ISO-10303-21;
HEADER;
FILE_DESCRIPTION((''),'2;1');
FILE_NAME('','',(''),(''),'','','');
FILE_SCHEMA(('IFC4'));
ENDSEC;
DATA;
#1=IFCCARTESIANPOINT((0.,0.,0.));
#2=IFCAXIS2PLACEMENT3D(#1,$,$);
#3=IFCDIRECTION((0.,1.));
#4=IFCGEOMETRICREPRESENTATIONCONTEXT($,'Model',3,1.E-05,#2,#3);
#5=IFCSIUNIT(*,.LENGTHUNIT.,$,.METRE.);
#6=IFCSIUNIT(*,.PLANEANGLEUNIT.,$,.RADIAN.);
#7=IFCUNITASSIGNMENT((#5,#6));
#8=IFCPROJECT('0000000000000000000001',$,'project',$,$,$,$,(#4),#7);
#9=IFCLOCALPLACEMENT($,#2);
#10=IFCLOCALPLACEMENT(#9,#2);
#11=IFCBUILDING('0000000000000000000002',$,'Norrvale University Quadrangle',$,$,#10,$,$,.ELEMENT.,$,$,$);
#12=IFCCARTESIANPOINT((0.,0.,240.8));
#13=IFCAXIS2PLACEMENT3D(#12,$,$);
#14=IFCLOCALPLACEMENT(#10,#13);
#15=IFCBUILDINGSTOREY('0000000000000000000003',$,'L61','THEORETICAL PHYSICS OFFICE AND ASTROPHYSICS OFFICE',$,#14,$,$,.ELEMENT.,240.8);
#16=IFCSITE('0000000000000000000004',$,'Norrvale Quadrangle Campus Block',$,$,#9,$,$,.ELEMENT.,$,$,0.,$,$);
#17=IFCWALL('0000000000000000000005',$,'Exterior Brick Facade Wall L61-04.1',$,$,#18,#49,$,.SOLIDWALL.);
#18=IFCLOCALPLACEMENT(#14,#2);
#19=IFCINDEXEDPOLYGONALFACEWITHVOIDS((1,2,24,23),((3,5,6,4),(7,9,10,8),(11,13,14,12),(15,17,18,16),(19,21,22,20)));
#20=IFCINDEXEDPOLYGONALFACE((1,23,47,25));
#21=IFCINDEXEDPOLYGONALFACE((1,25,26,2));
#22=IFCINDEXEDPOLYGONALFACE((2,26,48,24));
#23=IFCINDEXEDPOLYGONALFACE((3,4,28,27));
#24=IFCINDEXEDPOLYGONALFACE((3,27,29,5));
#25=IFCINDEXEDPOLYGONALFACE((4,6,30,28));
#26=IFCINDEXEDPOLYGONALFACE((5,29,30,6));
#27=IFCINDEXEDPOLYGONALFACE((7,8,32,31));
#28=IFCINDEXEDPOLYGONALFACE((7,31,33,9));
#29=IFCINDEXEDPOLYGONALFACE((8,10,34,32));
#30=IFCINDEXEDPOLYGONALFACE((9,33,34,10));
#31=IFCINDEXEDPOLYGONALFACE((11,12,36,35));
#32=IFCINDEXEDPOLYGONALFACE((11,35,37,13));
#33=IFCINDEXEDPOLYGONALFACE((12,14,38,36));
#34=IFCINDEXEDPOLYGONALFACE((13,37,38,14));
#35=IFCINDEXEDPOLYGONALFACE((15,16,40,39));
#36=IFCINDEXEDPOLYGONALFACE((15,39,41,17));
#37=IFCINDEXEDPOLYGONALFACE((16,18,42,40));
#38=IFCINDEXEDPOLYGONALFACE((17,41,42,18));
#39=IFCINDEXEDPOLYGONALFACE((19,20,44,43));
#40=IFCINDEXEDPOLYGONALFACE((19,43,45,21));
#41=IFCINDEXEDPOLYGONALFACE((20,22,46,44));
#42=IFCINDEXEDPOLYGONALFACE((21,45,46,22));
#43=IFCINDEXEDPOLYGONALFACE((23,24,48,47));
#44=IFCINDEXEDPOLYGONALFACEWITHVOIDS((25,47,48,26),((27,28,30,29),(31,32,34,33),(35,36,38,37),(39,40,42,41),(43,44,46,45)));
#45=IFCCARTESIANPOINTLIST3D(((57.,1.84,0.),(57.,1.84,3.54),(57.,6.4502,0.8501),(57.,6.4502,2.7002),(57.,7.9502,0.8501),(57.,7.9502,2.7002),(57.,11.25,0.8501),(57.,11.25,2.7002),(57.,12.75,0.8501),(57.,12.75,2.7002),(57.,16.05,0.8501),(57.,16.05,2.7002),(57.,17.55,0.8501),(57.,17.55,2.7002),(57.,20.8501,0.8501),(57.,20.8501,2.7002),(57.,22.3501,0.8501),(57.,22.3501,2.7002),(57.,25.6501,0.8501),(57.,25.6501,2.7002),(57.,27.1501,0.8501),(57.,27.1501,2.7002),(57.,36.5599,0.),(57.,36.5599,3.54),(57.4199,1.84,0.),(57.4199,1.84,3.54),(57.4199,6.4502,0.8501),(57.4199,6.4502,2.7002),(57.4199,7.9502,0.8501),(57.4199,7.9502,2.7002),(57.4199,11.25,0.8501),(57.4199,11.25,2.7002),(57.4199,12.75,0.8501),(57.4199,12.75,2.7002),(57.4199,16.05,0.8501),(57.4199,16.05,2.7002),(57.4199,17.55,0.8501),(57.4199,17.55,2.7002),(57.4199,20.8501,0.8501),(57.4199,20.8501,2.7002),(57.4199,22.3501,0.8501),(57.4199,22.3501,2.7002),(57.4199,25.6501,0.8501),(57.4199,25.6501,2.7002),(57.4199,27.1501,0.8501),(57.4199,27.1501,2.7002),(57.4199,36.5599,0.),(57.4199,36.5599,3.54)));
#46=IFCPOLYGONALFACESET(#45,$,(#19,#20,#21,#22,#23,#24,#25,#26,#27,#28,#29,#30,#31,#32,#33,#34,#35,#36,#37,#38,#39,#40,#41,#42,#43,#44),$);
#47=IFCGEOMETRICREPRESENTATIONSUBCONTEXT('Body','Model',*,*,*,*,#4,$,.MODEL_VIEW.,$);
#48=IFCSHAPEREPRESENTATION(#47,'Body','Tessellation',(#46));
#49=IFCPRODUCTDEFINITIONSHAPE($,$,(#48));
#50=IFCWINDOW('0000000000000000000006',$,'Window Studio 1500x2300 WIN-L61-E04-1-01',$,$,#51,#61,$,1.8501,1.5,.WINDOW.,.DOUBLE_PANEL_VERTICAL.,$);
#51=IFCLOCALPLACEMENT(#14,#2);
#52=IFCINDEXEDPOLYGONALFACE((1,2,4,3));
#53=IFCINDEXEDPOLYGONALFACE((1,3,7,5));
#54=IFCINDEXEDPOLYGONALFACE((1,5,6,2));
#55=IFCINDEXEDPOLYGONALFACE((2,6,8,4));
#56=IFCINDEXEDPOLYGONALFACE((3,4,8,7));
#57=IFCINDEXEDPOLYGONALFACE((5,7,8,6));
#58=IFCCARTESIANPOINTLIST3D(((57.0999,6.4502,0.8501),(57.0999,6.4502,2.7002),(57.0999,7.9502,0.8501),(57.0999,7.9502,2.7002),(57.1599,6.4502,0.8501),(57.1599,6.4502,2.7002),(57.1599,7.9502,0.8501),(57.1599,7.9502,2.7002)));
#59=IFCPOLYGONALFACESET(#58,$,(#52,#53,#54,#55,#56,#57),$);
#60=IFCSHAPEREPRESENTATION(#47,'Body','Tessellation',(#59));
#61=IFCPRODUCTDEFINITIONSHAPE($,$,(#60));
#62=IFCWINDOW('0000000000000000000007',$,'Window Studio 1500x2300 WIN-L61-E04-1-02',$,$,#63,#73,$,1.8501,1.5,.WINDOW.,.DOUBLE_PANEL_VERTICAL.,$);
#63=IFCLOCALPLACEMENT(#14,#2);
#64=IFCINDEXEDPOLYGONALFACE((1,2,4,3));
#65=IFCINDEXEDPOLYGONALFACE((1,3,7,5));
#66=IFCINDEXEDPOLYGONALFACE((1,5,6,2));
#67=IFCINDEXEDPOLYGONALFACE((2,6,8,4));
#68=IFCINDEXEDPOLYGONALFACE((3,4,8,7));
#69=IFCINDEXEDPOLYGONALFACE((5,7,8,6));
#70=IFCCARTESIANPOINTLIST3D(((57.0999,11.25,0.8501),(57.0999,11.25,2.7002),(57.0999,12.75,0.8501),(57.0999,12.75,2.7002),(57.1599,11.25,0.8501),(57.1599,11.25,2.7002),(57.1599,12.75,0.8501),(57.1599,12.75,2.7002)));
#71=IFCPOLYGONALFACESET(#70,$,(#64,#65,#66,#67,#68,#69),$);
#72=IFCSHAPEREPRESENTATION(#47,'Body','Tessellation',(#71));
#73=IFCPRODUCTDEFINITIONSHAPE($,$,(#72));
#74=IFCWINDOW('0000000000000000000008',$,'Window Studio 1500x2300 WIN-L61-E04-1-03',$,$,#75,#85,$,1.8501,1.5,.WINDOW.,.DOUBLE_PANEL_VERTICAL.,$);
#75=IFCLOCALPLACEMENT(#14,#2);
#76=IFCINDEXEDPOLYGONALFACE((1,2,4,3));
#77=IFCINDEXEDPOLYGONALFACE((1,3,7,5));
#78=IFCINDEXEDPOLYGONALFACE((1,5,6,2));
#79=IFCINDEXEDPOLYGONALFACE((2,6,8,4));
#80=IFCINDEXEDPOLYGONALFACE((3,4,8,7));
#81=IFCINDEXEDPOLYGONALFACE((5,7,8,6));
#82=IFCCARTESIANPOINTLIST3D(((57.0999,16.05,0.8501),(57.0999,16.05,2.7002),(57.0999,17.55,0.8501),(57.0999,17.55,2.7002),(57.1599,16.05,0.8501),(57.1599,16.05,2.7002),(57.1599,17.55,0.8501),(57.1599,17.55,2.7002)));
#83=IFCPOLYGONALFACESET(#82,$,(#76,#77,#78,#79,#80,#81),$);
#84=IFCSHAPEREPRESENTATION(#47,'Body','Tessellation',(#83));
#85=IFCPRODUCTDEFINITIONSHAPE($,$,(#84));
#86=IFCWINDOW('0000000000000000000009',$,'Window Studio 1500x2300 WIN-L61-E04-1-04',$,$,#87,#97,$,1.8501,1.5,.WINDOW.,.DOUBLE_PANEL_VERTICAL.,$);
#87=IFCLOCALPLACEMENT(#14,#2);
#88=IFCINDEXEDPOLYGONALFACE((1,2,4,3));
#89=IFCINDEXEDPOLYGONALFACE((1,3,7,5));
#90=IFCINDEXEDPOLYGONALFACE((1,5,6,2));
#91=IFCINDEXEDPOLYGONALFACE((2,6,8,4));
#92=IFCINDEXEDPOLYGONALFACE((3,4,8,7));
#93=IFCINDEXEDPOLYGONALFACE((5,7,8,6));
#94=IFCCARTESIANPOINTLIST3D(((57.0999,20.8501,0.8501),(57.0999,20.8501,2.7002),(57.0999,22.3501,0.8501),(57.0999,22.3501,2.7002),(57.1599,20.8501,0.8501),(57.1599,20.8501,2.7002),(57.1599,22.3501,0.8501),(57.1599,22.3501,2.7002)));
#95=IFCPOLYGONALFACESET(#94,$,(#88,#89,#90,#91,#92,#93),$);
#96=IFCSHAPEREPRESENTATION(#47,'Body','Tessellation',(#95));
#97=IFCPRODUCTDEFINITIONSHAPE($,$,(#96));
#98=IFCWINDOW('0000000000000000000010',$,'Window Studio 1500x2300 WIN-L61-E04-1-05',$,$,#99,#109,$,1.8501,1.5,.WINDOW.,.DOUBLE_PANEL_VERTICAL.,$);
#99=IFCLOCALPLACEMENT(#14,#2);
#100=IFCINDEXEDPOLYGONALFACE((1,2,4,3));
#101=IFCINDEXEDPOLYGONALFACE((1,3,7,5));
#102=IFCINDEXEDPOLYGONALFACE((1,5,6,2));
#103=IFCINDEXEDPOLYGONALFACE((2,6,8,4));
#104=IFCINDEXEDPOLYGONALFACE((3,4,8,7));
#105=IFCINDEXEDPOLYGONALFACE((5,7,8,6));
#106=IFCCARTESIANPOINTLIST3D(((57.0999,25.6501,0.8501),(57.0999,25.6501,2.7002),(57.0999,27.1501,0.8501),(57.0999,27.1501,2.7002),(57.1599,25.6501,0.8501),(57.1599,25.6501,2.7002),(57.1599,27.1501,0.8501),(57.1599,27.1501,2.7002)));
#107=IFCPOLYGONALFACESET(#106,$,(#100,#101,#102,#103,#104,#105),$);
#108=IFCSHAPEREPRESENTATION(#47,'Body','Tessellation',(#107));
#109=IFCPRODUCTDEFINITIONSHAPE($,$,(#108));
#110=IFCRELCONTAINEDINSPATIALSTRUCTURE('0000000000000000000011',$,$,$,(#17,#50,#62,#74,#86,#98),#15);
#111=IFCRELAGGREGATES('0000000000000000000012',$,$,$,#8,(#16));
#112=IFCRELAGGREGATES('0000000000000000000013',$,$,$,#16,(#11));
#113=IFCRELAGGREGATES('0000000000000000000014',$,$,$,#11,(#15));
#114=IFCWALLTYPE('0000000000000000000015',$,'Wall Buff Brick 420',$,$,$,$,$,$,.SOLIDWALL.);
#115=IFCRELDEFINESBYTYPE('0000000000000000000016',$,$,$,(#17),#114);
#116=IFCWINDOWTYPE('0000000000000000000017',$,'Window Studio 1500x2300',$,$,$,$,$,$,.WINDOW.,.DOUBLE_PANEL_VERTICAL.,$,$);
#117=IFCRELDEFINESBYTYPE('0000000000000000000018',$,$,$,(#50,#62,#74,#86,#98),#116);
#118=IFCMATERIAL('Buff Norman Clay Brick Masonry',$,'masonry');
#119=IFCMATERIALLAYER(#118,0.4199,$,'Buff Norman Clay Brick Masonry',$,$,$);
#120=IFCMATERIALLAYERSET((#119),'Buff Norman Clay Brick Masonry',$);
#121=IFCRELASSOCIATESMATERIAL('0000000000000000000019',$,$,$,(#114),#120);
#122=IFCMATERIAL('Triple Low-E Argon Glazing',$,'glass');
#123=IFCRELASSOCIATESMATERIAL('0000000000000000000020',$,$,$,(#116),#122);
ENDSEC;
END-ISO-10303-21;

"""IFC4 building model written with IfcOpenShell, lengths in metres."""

from ifc_helpers import new_model, si_unit, direction, frame, frame_2d, origin, place, context, subcontext, project, spatial, rectangle, extrude, material, layer, layer_set, type_object, element, fill, save


model = new_model("IFC4")

# Units and contexts
model_context = context("Model", 3, precision=1e-05, world=origin(), true_north=direction((0.0, 1.0)))
body_context = subcontext(model_context, "Body", "Model", "MODEL_VIEW")
ifc_project = project(units=[si_unit("LENGTHUNIT", "METRE"), si_unit("PLANEANGLEUNIT", "RADIAN")], contexts=[model_context])

# Site, building, storey
site_placement = place(None, origin())
site = spatial("IfcSite", under=ifc_project, at=site_placement, Name="Norrvale Quadrangle Campus Block", CompositionType="ELEMENT", RefElevation=0.0)
building_placement = place(site_placement, origin())
building = spatial("IfcBuilding", under=site, at=building_placement, Name="Norrvale University Quadrangle", CompositionType="ELEMENT")
storey_placement = place(building_placement, frame((0.0, 0.0, 240.8)))
storey = spatial("IfcBuildingStorey", under=building, at=storey_placement, Name="L61", Description="THEORETICAL PHYSICS OFFICE AND ASTROPHYSICS OFFICE", CompositionType="ELEMENT", Elevation=240.8)

# Shared definitions
ifc_material_1 = material(Name="Buff Norman Clay Brick Masonry", Category="masonry")
ifc_layer = layer(ifc_material_1, 0.4199, Name="Buff Norman Clay Brick Masonry")
ifc_layer_set = layer_set([ifc_layer], Name="Buff Norman Clay Brick Masonry")
wall_type = type_object("IfcWallType", Name="Wall Buff Brick 420", PredefinedType="SOLIDWALL", material=ifc_layer_set)

# Wall, openings, windows
wall_placement = place(storey_placement, frame((57.21, 1.8401, 0.0), z_axis=(0.0, 0.0, 1.0), x_axis=(0.0, 1.0, 0.0)))
wall = element("IfcWall", 1, at=wall_placement, inside=storey, type_object=wall_type, Name="Exterior Brick Facade Wall L61-04.1", PredefinedType="SOLIDWALL", context=body_context, shape_type="SweptSolid", body=[
    extrude(rectangle(XDim=34.72, YDim=0.4199, at=frame_2d((17.3599, 0.0))), origin(), (0.0, 0.0, 1.0), 3.54),
])
opening_1_placement = place(wall_placement, frame((4.6101, 0.0, 0.8501)))
opening_1 = element("IfcOpeningElement", 2, at=opening_1_placement, cuts=wall, PredefinedType="OPENING", context=body_context, shape_type="SweptSolid", body=[
    extrude(rectangle(XDim=1.5, YDim=1.8501, at=frame_2d((0.75, 0.925))), frame((0.0, 0.2219, 0.0), z_axis=(0.0, -1.0, 0.0), x_axis=(1.0, 0.0, 0.0)), (0.0, 0.0, 1.0), 0.4438),
])
opening_2_placement = place(wall_placement, frame((9.4099, 0.0, 0.8501)))
opening_2 = element("IfcOpeningElement", 3, at=opening_2_placement, cuts=wall, PredefinedType="OPENING", context=body_context, shape_type="SweptSolid", body=[
    extrude(rectangle(XDim=1.5, YDim=1.8501, at=frame_2d((0.75, 0.925))), frame((0.0, 0.2219, 0.0), z_axis=(0.0, -1.0, 0.0), x_axis=(1.0, 0.0, 0.0)), (0.0, 0.0, 1.0), 0.4438),
])
opening_3_placement = place(wall_placement, frame((14.21, 0.0, 0.8501)))
opening_3 = element("IfcOpeningElement", 4, at=opening_3_placement, cuts=wall, PredefinedType="OPENING", context=body_context, shape_type="SweptSolid", body=[
    extrude(rectangle(XDim=1.5, YDim=1.8501, at=frame_2d((0.75, 0.925))), frame((0.0, 0.2219, 0.0), z_axis=(0.0, -1.0, 0.0), x_axis=(1.0, 0.0, 0.0)), (0.0, 0.0, 1.0), 0.4438),
])
opening_4_placement = place(wall_placement, frame((19.01, 0.0, 0.8501)))
opening_4 = element("IfcOpeningElement", 5, at=opening_4_placement, cuts=wall, PredefinedType="OPENING", context=body_context, shape_type="SweptSolid", body=[
    extrude(rectangle(XDim=1.5, YDim=1.8501, at=frame_2d((0.75, 0.925))), frame((0.0, 0.2219, 0.0), z_axis=(0.0, -1.0, 0.0), x_axis=(1.0, 0.0, 0.0)), (0.0, 0.0, 1.0), 0.4438),
])
opening_5_placement = place(wall_placement, frame((23.8101, 0.0, 0.8501)))
opening_5 = element("IfcOpeningElement", 6, at=opening_5_placement, cuts=wall, PredefinedType="OPENING", context=body_context, shape_type="SweptSolid", body=[
    extrude(rectangle(XDim=1.5, YDim=1.8501, at=frame_2d((0.75, 0.925))), frame((0.0, 0.2219, 0.0), z_axis=(0.0, -1.0, 0.0), x_axis=(1.0, 0.0, 0.0)), (0.0, 0.0, 1.0), 0.4438),
])
ifc_material_2 = material(Name="Triple Low-E Argon Glazing", Category="glass")
window_type = type_object("IfcWindowType", Name="Window Studio 1500x2300", PartitioningType="DOUBLE_PANEL_VERTICAL", PredefinedType="WINDOW", material=ifc_material_2)
window_1_placement = place(opening_1_placement, origin())
window_1 = element("IfcWindow", 7, at=window_1_placement, inside=storey, type_object=window_type, Name="Window Studio 1500x2300 WIN-L61-E04-1-01", OverallHeight=1.8501, OverallWidth=1.5, PartitioningType="DOUBLE_PANEL_VERTICAL", PredefinedType="WINDOW", context=body_context, shape_type="SweptSolid", body=[
    extrude(rectangle(XDim=1.5, YDim=1.8501, at=frame_2d((0.75, 0.925))), frame((0.0, 0.1101, 0.0), z_axis=(0.0, -1.0, 0.0), x_axis=(1.0, 0.0, 0.0)), (0.0, 0.0, 1.0), 0.0601),
])
fill(opening_1, window_1)
window_2_placement = place(opening_2_placement, origin())
window_2 = element("IfcWindow", 8, at=window_2_placement, inside=storey, type_object=window_type, Name="Window Studio 1500x2300 WIN-L61-E04-1-02", OverallHeight=1.8501, OverallWidth=1.5, PartitioningType="DOUBLE_PANEL_VERTICAL", PredefinedType="WINDOW", context=body_context, shape_type="SweptSolid", body=[
    extrude(rectangle(XDim=1.5, YDim=1.8501, at=frame_2d((0.75, 0.925))), frame((0.0, 0.1101, 0.0), z_axis=(0.0, -1.0, 0.0), x_axis=(1.0, 0.0, 0.0)), (0.0, 0.0, 1.0), 0.0601),
])
fill(opening_2, window_2)
window_3_placement = place(opening_3_placement, origin())
window_3 = element("IfcWindow", 9, at=window_3_placement, inside=storey, type_object=window_type, Name="Window Studio 1500x2300 WIN-L61-E04-1-03", OverallHeight=1.8501, OverallWidth=1.5, PartitioningType="DOUBLE_PANEL_VERTICAL", PredefinedType="WINDOW", context=body_context, shape_type="SweptSolid", body=[
    extrude(rectangle(XDim=1.5, YDim=1.8501, at=frame_2d((0.75, 0.925))), frame((0.0, 0.1101, 0.0), z_axis=(0.0, -1.0, 0.0), x_axis=(1.0, 0.0, 0.0)), (0.0, 0.0, 1.0), 0.0601),
])
fill(opening_3, window_3)
window_4_placement = place(opening_4_placement, origin())
window_4 = element("IfcWindow", 10, at=window_4_placement, inside=storey, type_object=window_type, Name="Window Studio 1500x2300 WIN-L61-E04-1-04", OverallHeight=1.8501, OverallWidth=1.5, PartitioningType="DOUBLE_PANEL_VERTICAL", PredefinedType="WINDOW", context=body_context, shape_type="SweptSolid", body=[
    extrude(rectangle(XDim=1.5, YDim=1.8501, at=frame_2d((0.75, 0.925))), frame((0.0, 0.1101, 0.0), z_axis=(0.0, -1.0, 0.0), x_axis=(1.0, 0.0, 0.0)), (0.0, 0.0, 1.0), 0.0601),
])
fill(opening_4, window_4)
window_5_placement = place(opening_5_placement, origin())
window_5 = element("IfcWindow", 11, at=window_5_placement, inside=storey, type_object=window_type, Name="Window Studio 1500x2300 WIN-L61-E04-1-05", OverallHeight=1.8501, OverallWidth=1.5, PartitioningType="DOUBLE_PANEL_VERTICAL", PredefinedType="WINDOW", context=body_context, shape_type="SweptSolid", body=[
    extrude(rectangle(XDim=1.5, YDim=1.8501, at=frame_2d((0.75, 0.925))), frame((0.0, 0.1101, 0.0), z_axis=(0.0, -1.0, 0.0), x_axis=(1.0, 0.0, 0.0)), (0.0, 0.0, 1.0), 0.0601),
])
fill(opening_5, window_5)

save(model, "model.ifc")
